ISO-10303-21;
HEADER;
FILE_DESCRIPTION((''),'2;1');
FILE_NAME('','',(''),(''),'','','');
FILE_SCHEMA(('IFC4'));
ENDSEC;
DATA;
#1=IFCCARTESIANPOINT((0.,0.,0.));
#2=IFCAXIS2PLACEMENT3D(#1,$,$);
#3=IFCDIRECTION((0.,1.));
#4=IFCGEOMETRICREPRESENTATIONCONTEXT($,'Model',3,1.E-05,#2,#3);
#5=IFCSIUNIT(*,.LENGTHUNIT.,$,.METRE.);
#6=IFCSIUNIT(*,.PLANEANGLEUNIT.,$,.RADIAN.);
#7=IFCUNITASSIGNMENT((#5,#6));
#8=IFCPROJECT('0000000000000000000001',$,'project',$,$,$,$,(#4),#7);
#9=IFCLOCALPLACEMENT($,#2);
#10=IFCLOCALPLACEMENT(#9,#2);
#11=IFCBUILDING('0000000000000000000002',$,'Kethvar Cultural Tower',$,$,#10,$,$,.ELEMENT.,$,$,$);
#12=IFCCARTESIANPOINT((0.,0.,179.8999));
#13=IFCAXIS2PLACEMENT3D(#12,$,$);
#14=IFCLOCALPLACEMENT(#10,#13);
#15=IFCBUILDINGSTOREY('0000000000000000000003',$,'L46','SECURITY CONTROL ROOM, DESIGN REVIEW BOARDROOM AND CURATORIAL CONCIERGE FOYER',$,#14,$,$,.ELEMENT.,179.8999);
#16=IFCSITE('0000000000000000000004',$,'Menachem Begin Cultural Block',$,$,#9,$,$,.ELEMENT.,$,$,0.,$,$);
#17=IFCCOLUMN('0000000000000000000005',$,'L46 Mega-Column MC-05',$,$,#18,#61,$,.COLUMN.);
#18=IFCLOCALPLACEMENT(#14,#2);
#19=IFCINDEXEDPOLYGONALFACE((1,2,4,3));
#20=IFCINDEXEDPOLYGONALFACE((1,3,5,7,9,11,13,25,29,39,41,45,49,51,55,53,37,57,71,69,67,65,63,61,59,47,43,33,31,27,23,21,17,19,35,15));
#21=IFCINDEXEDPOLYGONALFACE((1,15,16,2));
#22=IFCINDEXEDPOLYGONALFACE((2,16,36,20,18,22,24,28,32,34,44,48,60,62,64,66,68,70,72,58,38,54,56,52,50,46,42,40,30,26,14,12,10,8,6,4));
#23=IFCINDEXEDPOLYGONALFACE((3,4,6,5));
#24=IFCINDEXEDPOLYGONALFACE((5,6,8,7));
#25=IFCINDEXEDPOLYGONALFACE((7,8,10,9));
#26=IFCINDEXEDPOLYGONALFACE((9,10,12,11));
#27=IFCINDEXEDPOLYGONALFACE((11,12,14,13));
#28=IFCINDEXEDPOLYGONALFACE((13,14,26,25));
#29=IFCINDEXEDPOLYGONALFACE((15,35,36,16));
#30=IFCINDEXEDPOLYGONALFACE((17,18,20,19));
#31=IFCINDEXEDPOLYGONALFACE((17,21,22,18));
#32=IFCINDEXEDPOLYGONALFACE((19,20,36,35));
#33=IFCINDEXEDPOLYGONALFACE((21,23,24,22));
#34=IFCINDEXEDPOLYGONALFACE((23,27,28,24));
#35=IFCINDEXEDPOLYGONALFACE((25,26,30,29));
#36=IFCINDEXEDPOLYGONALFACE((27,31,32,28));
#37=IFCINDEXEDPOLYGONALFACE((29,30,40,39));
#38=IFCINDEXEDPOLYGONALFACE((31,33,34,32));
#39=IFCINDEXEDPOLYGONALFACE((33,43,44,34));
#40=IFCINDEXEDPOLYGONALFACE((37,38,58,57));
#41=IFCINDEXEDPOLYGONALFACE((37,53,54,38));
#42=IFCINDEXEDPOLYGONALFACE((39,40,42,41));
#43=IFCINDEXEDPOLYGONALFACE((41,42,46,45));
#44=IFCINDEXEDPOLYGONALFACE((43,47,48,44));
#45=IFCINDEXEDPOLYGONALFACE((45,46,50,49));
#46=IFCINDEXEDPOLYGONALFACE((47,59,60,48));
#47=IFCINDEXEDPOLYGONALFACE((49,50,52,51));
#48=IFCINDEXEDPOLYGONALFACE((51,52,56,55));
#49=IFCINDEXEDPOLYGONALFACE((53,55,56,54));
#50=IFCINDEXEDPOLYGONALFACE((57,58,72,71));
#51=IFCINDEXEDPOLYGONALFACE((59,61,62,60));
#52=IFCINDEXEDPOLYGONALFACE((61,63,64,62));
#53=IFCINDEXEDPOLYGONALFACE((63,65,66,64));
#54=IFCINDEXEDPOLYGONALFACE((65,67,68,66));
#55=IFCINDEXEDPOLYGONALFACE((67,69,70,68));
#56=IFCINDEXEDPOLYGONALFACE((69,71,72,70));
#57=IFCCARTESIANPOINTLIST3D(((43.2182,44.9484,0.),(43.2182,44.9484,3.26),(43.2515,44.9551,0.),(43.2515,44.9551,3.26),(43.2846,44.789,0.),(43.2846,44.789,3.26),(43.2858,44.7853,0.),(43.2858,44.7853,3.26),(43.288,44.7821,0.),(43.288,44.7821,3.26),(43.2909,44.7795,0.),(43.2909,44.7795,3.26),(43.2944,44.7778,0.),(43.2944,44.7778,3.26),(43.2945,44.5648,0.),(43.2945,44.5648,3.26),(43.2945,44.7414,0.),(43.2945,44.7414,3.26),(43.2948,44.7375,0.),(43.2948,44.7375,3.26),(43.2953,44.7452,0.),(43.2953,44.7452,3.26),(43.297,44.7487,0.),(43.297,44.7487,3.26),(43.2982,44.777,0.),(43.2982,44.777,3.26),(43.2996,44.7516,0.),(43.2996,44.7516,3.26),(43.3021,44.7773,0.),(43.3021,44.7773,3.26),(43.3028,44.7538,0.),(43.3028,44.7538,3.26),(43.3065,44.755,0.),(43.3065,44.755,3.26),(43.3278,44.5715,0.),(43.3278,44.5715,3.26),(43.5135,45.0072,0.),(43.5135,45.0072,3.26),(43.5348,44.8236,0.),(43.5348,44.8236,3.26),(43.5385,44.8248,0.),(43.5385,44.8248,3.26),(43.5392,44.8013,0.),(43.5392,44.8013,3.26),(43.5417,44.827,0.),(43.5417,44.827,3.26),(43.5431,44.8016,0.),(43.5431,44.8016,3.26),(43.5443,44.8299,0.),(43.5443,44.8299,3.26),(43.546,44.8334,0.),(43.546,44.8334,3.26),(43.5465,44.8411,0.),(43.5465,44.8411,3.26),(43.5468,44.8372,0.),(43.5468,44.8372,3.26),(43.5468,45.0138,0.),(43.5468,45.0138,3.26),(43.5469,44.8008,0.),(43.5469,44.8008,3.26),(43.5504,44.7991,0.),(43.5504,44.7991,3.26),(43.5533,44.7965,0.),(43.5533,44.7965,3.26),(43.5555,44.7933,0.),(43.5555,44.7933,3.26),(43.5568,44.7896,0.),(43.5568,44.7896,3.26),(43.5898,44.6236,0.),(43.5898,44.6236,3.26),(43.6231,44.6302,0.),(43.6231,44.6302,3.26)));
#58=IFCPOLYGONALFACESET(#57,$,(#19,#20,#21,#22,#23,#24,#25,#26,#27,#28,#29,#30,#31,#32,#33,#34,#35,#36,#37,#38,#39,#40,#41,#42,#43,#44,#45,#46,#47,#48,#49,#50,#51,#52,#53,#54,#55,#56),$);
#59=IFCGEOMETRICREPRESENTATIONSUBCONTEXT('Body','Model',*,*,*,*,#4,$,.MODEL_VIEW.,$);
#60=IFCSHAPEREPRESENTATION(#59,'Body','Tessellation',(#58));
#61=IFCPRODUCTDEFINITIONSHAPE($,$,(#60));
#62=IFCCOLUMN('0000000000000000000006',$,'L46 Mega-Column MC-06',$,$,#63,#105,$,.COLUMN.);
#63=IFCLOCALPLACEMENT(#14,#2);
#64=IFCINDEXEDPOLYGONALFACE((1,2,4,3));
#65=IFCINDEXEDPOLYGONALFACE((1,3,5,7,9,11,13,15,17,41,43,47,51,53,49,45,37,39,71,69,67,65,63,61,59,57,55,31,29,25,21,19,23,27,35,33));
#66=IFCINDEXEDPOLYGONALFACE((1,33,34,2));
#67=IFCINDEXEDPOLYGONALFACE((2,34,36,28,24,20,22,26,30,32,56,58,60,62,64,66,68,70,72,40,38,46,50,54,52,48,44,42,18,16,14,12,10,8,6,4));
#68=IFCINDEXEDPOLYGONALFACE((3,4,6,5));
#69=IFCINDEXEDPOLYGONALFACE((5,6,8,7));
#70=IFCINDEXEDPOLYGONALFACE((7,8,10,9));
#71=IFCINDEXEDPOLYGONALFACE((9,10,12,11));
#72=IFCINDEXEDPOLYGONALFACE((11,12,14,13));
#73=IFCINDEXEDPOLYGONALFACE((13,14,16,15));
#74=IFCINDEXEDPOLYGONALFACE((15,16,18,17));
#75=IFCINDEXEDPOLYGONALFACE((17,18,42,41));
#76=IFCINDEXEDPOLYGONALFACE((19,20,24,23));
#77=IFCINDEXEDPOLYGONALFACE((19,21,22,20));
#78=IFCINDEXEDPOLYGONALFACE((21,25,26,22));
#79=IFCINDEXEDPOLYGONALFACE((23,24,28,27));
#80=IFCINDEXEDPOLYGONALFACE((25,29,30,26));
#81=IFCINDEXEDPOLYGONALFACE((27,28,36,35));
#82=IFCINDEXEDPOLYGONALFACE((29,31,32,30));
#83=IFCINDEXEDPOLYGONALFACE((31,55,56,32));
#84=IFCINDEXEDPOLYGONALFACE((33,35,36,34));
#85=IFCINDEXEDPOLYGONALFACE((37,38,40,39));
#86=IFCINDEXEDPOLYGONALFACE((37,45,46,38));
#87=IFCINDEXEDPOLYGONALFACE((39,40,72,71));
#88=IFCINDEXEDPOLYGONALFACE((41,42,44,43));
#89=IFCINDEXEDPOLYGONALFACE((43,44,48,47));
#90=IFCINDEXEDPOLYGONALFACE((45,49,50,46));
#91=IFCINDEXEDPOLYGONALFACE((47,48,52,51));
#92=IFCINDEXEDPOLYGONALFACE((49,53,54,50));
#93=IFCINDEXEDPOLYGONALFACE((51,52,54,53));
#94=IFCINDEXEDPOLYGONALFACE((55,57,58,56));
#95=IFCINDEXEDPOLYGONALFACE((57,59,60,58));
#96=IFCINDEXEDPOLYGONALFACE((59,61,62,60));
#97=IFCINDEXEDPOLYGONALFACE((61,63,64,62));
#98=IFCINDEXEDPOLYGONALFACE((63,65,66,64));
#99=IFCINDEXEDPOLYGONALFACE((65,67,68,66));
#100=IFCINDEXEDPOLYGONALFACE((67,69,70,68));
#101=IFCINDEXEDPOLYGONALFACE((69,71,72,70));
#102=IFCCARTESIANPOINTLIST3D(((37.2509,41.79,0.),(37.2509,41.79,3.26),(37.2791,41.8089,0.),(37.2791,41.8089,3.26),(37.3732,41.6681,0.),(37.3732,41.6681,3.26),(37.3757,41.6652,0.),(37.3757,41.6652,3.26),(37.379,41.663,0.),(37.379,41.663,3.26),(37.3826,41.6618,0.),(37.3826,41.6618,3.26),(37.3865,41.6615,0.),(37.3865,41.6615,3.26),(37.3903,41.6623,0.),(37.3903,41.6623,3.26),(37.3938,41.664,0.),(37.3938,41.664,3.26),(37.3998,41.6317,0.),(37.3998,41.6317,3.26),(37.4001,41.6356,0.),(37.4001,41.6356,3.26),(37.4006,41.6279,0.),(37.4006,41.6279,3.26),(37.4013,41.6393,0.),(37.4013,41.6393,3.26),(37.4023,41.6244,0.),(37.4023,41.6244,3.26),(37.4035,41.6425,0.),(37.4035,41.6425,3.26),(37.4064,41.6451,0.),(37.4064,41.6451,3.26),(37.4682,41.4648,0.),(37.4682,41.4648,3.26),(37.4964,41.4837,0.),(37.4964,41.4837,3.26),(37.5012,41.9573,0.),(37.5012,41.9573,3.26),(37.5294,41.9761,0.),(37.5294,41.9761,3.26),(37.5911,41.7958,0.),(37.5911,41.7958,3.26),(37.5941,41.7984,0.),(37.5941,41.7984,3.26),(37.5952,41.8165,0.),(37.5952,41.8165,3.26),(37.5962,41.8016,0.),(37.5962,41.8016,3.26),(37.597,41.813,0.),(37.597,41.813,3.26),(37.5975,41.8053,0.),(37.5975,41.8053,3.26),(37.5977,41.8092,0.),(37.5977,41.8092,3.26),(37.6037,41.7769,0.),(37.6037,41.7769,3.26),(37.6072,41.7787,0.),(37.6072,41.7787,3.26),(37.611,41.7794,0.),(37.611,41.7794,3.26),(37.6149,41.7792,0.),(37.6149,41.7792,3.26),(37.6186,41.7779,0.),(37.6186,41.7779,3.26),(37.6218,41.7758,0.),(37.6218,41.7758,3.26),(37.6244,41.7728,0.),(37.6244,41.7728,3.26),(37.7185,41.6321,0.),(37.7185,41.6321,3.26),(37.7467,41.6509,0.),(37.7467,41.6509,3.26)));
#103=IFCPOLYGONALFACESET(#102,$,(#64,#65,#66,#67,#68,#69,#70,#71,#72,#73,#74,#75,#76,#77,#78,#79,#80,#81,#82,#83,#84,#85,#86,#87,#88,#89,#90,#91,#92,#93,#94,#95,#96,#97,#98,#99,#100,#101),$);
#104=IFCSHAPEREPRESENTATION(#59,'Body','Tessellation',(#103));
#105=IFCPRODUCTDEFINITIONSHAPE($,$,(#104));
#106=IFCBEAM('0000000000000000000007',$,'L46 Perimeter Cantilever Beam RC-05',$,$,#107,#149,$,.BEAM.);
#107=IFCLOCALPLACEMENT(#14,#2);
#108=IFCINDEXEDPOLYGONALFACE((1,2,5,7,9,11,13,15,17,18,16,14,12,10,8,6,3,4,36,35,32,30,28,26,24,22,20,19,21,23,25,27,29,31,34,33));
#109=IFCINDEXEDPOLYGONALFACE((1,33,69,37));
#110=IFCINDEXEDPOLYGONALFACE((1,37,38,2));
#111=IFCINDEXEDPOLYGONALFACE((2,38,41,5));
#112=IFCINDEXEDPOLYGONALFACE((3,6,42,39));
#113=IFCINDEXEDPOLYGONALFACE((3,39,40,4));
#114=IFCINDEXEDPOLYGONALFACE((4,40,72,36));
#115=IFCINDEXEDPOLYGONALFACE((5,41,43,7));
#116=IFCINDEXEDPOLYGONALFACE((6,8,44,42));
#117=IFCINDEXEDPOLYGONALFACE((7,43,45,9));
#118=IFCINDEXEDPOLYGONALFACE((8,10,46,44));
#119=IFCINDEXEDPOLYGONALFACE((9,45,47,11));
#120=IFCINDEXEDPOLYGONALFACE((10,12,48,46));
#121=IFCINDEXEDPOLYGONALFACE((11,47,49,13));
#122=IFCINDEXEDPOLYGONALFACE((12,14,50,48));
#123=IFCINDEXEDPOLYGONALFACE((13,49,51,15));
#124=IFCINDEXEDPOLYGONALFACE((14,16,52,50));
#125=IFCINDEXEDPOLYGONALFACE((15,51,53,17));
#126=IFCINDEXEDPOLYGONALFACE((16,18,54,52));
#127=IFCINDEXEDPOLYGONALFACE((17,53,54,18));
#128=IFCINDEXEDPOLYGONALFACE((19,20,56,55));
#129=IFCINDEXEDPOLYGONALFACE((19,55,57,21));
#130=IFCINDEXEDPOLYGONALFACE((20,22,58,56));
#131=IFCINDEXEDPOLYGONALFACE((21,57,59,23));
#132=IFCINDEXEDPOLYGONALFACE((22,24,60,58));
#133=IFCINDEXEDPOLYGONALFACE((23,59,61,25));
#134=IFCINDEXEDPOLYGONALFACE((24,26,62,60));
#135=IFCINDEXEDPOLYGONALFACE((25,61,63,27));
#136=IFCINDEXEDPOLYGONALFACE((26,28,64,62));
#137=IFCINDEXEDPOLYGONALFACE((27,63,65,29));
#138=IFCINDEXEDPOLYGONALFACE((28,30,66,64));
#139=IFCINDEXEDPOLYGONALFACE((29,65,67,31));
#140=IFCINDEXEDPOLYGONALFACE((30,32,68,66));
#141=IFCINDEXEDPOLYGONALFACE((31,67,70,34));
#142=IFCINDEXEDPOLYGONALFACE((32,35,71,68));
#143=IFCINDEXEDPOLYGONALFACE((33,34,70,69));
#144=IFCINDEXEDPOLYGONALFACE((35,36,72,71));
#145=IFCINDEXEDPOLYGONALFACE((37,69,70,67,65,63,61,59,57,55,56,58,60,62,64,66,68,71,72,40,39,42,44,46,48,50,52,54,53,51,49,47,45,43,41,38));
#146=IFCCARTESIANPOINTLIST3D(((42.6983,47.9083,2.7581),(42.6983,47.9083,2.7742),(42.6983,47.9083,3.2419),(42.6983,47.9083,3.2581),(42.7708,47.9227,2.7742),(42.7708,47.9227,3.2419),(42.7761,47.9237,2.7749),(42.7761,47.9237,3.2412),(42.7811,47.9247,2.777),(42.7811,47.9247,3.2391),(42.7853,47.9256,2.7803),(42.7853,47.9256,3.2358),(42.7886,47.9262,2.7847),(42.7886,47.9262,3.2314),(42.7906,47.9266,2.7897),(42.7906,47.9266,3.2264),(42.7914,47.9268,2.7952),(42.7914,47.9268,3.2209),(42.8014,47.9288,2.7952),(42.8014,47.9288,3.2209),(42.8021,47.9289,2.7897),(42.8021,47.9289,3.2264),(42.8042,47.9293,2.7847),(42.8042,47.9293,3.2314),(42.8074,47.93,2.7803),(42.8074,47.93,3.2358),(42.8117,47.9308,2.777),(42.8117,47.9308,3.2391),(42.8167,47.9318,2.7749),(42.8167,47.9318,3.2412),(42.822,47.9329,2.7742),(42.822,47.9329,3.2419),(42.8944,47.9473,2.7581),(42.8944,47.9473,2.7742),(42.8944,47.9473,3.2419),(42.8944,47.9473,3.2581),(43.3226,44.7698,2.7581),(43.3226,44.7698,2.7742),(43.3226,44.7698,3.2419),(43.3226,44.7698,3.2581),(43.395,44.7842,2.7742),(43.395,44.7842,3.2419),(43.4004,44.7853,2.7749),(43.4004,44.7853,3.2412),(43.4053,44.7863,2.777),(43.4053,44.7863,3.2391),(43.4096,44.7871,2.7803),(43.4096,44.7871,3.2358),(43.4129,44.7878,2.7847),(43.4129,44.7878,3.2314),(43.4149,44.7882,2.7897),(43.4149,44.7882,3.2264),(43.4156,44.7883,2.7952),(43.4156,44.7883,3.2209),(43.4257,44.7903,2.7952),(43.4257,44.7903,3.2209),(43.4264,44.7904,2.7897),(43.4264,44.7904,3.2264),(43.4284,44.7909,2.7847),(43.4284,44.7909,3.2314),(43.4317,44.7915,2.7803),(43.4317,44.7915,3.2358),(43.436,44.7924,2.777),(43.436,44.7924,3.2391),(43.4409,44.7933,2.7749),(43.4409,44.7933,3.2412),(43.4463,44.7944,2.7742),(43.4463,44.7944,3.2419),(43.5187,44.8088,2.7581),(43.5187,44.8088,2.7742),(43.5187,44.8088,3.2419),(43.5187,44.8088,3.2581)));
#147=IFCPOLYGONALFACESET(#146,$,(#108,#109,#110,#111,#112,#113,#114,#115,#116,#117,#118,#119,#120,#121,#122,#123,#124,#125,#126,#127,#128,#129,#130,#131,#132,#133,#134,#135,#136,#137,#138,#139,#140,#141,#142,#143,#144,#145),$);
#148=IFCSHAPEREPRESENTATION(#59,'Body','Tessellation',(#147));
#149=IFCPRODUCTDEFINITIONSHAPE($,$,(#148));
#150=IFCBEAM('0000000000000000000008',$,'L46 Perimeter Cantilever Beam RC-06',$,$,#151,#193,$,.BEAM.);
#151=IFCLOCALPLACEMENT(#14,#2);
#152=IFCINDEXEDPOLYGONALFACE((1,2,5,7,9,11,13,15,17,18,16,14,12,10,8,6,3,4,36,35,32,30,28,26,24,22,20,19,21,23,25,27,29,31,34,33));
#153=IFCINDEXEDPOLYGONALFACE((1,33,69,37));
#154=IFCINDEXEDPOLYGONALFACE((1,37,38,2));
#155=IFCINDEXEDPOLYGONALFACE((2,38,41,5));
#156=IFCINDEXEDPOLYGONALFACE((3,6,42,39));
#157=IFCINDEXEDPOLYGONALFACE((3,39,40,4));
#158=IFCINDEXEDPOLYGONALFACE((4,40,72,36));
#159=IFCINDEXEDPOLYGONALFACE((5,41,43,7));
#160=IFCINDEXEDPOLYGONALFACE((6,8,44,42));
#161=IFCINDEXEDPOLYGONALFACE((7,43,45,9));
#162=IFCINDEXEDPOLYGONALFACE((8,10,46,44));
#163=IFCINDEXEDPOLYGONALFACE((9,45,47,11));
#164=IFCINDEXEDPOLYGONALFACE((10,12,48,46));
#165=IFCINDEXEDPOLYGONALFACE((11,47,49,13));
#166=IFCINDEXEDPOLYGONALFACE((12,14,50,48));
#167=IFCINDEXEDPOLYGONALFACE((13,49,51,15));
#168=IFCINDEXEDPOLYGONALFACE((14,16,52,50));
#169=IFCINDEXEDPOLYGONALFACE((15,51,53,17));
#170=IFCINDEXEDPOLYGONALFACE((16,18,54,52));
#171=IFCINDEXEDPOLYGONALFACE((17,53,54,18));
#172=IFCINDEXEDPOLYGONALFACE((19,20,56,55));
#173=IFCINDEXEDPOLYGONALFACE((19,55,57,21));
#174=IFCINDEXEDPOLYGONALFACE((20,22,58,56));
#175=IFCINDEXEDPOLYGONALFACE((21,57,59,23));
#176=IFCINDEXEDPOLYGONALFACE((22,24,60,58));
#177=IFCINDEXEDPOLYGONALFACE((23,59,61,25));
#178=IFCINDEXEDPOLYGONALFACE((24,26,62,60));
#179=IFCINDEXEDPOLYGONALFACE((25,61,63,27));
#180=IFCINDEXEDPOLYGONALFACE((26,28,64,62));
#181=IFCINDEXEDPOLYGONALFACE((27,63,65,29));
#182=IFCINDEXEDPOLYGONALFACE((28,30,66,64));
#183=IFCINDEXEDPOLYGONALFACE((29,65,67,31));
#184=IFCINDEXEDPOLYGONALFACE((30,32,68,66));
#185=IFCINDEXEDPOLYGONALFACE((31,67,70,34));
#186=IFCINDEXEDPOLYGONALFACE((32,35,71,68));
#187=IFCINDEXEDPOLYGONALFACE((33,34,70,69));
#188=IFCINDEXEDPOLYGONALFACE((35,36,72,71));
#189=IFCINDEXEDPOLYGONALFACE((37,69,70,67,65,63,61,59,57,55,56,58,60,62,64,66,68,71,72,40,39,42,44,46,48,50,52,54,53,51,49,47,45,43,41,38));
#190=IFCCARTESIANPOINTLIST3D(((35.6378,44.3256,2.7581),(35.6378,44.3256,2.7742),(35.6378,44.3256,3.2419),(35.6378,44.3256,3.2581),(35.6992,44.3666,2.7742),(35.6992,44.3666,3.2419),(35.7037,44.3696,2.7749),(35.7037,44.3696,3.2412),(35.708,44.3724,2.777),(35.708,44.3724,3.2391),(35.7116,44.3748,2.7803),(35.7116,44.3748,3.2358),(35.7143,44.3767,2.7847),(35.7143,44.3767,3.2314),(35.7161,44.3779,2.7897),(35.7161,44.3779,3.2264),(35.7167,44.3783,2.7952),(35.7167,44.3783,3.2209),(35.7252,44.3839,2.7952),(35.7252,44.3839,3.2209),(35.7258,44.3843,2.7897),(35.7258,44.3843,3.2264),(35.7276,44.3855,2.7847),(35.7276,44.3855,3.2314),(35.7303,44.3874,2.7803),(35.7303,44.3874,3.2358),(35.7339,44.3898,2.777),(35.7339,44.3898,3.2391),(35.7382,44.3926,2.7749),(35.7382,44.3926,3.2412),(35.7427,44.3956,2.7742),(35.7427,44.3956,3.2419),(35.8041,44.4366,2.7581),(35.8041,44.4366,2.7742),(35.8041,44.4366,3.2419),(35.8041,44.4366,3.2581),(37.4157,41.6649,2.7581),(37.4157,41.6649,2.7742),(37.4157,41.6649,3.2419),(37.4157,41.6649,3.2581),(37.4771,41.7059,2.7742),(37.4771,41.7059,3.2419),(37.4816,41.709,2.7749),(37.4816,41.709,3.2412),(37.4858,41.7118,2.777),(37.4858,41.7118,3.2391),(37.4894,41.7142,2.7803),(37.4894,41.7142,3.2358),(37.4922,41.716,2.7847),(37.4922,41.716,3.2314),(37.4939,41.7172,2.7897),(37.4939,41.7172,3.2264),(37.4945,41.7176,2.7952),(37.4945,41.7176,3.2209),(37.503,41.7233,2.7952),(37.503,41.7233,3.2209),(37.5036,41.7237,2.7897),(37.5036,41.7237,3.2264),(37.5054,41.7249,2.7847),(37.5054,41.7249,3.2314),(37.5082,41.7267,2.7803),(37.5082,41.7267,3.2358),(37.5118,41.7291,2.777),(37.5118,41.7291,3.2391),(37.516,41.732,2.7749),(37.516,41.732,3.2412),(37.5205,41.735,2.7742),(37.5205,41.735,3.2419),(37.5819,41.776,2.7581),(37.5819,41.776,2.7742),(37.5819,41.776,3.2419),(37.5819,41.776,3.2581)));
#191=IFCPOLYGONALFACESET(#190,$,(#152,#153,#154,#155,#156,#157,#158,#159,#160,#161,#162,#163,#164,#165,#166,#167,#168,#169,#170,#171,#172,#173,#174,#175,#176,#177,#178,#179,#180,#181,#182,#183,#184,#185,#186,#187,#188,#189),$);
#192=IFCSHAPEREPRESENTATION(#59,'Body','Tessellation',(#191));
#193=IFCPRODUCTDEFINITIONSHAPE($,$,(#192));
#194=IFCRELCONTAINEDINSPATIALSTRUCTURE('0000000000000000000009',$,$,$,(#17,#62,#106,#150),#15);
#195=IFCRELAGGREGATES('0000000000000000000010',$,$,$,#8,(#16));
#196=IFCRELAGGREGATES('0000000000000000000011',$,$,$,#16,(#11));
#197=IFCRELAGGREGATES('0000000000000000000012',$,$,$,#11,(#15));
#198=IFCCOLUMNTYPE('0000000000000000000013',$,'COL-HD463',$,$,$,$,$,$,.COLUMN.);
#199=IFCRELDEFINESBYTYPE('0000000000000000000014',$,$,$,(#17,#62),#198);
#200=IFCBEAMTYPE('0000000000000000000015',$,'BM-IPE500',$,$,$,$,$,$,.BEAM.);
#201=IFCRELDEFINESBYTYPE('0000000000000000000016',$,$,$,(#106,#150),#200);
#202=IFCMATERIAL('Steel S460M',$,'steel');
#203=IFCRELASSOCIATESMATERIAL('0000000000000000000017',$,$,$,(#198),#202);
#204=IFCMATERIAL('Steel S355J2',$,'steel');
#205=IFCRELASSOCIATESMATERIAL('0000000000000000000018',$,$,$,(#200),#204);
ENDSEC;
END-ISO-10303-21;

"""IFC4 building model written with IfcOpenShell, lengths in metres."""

from ifc_helpers import new_model, si_unit, direction, frame, origin, origin_2d, place, context, subcontext, project, spatial, i_section, extrude, source, transform, mapped, material, material_profile, profile_set, type_object, element, save


model = new_model("IFC4")

# Units and contexts
model_context = context("Model", 3, precision=1e-05, world=origin(), true_north=direction((0.0, 1.0)))
body_context = subcontext(model_context, "Body", "Model", "MODEL_VIEW")
ifc_project = project(units=[si_unit("LENGTHUNIT", "METRE"), si_unit("PLANEANGLEUNIT", "RADIAN")], contexts=[model_context])

# Site, building, storey
site_placement = place(None, origin())
site = spatial("IfcSite", under=ifc_project, at=site_placement, Name="Menachem Begin Cultural Block", CompositionType="ELEMENT", RefElevation=0.0)
building_placement = place(site_placement, origin())
building = spatial("IfcBuilding", under=site, at=building_placement, Name="Kethvar Cultural Tower", CompositionType="ELEMENT")
storey_placement = place(building_placement, frame((0.0, 0.0, 179.8999)))
storey = spatial("IfcBuildingStorey", under=building, at=storey_placement, Name="L46", Description="SECURITY CONTROL ROOM, DESIGN REVIEW BOARDROOM AND CURATORIAL CONCIERGE FOYER", CompositionType="ELEMENT", Elevation=179.8999)

# Columns
ifc_material_1 = material(Name="Steel S460M", Category="steel")
ifc_material_profile_1 = material_profile(ifc_material_1, i_section(OverallWidth=0.3911, OverallDepth=0.335, WebThickness=0.0227, FlangeThickness=0.0339, FilletRadius=0.0149, at=origin_2d()), Name="Steel S460M — HD400x463")
ifc_profile_set_1 = profile_set([ifc_material_profile_1], Name="Steel S460M — HD400x463")
column_type = type_object("IfcColumnType", Name="COL-HD463", PredefinedType="COLUMN", material=ifc_profile_set_1)
shared_shape_1 = source(origin(), body_context, "Body", "SweptSolid", [
    extrude(i_section(OverallWidth=0.3911, OverallDepth=0.335, WebThickness=0.0227, FlangeThickness=0.0339, FilletRadius=0.0149, at=origin_2d()), origin(), (0.0, 0.0, 1.0), 3.26),
])
for number, where, z_axis, x_axis, name in (
    (1, (43.4207, 44.7893, 0.0), (0.0, 0.0, 1.0), (-0.19509, 0.980785, 0.0), "L46 Mega-Column MC-05"),
    (2, (37.4988, 41.7205, 0.0), (0.0, 0.0, 1.0), (-0.55557, 0.83147, 0.0), "L46 Mega-Column MC-06"),
):
    element("IfcColumn", number, at=place(storey_placement, frame(where, z_axis=z_axis, x_axis=x_axis)), inside=storey, type_object=column_type, Name=name, PredefinedType="COLUMN", context=body_context, shape_type="MappedRepresentation", body=[
        mapped(shared_shape_1, transform((0.0, 0.0, 0.0), scale=1.0)),
    ])

# Beams
ifc_material_2 = material(Name="Steel S355J2", Category="steel")
ifc_material_profile_2 = material_profile(ifc_material_2, i_section(OverallWidth=0.2, OverallDepth=0.5, WebThickness=0.0103, FlangeThickness=0.0161, FilletRadius=0.021, at=origin_2d()), Name="Steel S355J2 — IPE500")
ifc_profile_set_2 = profile_set([ifc_material_profile_2], Name="Steel S355J2 — IPE500")
beam_type_1 = type_object("IfcBeamType", Name="BM-IPE500", PredefinedType="BEAM", material=ifc_profile_set_2)
shared_shape_2 = source(origin(), body_context, "Body", "SweptSolid", [
    extrude(i_section(OverallWidth=0.2, OverallDepth=0.5, WebThickness=0.0103, FlangeThickness=0.0161, FilletRadius=0.021, at=origin_2d()), origin(), (0.0, 0.0, 1.0), 3.2),
])
for number, where, z_axis, x_axis, name in (
    (3, (43.4207, 44.7893, 3.0081), (-0.195089, 0.980786, 0.0), (-0.980786, -0.195089, 0.0), "L46 Perimeter Cantilever Beam RC-05"),
    (4, (37.4988, 41.7205, 3.0081), (-0.55558, 0.831463, 0.0), (-0.831463, -0.55558, 0.0), "L46 Perimeter Cantilever Beam RC-06"),
):
    element("IfcBeam", number, at=place(storey_placement, frame(where, z_axis=z_axis, x_axis=x_axis)), inside=storey, type_object=beam_type_1, Name=name, PredefinedType="BEAM", context=body_context, shape_type="MappedRepresentation", body=[
        mapped(shared_shape_2, transform((0.0, 0.0, 0.0), scale=1.0)),
    ])

save(model, "model.ifc")
